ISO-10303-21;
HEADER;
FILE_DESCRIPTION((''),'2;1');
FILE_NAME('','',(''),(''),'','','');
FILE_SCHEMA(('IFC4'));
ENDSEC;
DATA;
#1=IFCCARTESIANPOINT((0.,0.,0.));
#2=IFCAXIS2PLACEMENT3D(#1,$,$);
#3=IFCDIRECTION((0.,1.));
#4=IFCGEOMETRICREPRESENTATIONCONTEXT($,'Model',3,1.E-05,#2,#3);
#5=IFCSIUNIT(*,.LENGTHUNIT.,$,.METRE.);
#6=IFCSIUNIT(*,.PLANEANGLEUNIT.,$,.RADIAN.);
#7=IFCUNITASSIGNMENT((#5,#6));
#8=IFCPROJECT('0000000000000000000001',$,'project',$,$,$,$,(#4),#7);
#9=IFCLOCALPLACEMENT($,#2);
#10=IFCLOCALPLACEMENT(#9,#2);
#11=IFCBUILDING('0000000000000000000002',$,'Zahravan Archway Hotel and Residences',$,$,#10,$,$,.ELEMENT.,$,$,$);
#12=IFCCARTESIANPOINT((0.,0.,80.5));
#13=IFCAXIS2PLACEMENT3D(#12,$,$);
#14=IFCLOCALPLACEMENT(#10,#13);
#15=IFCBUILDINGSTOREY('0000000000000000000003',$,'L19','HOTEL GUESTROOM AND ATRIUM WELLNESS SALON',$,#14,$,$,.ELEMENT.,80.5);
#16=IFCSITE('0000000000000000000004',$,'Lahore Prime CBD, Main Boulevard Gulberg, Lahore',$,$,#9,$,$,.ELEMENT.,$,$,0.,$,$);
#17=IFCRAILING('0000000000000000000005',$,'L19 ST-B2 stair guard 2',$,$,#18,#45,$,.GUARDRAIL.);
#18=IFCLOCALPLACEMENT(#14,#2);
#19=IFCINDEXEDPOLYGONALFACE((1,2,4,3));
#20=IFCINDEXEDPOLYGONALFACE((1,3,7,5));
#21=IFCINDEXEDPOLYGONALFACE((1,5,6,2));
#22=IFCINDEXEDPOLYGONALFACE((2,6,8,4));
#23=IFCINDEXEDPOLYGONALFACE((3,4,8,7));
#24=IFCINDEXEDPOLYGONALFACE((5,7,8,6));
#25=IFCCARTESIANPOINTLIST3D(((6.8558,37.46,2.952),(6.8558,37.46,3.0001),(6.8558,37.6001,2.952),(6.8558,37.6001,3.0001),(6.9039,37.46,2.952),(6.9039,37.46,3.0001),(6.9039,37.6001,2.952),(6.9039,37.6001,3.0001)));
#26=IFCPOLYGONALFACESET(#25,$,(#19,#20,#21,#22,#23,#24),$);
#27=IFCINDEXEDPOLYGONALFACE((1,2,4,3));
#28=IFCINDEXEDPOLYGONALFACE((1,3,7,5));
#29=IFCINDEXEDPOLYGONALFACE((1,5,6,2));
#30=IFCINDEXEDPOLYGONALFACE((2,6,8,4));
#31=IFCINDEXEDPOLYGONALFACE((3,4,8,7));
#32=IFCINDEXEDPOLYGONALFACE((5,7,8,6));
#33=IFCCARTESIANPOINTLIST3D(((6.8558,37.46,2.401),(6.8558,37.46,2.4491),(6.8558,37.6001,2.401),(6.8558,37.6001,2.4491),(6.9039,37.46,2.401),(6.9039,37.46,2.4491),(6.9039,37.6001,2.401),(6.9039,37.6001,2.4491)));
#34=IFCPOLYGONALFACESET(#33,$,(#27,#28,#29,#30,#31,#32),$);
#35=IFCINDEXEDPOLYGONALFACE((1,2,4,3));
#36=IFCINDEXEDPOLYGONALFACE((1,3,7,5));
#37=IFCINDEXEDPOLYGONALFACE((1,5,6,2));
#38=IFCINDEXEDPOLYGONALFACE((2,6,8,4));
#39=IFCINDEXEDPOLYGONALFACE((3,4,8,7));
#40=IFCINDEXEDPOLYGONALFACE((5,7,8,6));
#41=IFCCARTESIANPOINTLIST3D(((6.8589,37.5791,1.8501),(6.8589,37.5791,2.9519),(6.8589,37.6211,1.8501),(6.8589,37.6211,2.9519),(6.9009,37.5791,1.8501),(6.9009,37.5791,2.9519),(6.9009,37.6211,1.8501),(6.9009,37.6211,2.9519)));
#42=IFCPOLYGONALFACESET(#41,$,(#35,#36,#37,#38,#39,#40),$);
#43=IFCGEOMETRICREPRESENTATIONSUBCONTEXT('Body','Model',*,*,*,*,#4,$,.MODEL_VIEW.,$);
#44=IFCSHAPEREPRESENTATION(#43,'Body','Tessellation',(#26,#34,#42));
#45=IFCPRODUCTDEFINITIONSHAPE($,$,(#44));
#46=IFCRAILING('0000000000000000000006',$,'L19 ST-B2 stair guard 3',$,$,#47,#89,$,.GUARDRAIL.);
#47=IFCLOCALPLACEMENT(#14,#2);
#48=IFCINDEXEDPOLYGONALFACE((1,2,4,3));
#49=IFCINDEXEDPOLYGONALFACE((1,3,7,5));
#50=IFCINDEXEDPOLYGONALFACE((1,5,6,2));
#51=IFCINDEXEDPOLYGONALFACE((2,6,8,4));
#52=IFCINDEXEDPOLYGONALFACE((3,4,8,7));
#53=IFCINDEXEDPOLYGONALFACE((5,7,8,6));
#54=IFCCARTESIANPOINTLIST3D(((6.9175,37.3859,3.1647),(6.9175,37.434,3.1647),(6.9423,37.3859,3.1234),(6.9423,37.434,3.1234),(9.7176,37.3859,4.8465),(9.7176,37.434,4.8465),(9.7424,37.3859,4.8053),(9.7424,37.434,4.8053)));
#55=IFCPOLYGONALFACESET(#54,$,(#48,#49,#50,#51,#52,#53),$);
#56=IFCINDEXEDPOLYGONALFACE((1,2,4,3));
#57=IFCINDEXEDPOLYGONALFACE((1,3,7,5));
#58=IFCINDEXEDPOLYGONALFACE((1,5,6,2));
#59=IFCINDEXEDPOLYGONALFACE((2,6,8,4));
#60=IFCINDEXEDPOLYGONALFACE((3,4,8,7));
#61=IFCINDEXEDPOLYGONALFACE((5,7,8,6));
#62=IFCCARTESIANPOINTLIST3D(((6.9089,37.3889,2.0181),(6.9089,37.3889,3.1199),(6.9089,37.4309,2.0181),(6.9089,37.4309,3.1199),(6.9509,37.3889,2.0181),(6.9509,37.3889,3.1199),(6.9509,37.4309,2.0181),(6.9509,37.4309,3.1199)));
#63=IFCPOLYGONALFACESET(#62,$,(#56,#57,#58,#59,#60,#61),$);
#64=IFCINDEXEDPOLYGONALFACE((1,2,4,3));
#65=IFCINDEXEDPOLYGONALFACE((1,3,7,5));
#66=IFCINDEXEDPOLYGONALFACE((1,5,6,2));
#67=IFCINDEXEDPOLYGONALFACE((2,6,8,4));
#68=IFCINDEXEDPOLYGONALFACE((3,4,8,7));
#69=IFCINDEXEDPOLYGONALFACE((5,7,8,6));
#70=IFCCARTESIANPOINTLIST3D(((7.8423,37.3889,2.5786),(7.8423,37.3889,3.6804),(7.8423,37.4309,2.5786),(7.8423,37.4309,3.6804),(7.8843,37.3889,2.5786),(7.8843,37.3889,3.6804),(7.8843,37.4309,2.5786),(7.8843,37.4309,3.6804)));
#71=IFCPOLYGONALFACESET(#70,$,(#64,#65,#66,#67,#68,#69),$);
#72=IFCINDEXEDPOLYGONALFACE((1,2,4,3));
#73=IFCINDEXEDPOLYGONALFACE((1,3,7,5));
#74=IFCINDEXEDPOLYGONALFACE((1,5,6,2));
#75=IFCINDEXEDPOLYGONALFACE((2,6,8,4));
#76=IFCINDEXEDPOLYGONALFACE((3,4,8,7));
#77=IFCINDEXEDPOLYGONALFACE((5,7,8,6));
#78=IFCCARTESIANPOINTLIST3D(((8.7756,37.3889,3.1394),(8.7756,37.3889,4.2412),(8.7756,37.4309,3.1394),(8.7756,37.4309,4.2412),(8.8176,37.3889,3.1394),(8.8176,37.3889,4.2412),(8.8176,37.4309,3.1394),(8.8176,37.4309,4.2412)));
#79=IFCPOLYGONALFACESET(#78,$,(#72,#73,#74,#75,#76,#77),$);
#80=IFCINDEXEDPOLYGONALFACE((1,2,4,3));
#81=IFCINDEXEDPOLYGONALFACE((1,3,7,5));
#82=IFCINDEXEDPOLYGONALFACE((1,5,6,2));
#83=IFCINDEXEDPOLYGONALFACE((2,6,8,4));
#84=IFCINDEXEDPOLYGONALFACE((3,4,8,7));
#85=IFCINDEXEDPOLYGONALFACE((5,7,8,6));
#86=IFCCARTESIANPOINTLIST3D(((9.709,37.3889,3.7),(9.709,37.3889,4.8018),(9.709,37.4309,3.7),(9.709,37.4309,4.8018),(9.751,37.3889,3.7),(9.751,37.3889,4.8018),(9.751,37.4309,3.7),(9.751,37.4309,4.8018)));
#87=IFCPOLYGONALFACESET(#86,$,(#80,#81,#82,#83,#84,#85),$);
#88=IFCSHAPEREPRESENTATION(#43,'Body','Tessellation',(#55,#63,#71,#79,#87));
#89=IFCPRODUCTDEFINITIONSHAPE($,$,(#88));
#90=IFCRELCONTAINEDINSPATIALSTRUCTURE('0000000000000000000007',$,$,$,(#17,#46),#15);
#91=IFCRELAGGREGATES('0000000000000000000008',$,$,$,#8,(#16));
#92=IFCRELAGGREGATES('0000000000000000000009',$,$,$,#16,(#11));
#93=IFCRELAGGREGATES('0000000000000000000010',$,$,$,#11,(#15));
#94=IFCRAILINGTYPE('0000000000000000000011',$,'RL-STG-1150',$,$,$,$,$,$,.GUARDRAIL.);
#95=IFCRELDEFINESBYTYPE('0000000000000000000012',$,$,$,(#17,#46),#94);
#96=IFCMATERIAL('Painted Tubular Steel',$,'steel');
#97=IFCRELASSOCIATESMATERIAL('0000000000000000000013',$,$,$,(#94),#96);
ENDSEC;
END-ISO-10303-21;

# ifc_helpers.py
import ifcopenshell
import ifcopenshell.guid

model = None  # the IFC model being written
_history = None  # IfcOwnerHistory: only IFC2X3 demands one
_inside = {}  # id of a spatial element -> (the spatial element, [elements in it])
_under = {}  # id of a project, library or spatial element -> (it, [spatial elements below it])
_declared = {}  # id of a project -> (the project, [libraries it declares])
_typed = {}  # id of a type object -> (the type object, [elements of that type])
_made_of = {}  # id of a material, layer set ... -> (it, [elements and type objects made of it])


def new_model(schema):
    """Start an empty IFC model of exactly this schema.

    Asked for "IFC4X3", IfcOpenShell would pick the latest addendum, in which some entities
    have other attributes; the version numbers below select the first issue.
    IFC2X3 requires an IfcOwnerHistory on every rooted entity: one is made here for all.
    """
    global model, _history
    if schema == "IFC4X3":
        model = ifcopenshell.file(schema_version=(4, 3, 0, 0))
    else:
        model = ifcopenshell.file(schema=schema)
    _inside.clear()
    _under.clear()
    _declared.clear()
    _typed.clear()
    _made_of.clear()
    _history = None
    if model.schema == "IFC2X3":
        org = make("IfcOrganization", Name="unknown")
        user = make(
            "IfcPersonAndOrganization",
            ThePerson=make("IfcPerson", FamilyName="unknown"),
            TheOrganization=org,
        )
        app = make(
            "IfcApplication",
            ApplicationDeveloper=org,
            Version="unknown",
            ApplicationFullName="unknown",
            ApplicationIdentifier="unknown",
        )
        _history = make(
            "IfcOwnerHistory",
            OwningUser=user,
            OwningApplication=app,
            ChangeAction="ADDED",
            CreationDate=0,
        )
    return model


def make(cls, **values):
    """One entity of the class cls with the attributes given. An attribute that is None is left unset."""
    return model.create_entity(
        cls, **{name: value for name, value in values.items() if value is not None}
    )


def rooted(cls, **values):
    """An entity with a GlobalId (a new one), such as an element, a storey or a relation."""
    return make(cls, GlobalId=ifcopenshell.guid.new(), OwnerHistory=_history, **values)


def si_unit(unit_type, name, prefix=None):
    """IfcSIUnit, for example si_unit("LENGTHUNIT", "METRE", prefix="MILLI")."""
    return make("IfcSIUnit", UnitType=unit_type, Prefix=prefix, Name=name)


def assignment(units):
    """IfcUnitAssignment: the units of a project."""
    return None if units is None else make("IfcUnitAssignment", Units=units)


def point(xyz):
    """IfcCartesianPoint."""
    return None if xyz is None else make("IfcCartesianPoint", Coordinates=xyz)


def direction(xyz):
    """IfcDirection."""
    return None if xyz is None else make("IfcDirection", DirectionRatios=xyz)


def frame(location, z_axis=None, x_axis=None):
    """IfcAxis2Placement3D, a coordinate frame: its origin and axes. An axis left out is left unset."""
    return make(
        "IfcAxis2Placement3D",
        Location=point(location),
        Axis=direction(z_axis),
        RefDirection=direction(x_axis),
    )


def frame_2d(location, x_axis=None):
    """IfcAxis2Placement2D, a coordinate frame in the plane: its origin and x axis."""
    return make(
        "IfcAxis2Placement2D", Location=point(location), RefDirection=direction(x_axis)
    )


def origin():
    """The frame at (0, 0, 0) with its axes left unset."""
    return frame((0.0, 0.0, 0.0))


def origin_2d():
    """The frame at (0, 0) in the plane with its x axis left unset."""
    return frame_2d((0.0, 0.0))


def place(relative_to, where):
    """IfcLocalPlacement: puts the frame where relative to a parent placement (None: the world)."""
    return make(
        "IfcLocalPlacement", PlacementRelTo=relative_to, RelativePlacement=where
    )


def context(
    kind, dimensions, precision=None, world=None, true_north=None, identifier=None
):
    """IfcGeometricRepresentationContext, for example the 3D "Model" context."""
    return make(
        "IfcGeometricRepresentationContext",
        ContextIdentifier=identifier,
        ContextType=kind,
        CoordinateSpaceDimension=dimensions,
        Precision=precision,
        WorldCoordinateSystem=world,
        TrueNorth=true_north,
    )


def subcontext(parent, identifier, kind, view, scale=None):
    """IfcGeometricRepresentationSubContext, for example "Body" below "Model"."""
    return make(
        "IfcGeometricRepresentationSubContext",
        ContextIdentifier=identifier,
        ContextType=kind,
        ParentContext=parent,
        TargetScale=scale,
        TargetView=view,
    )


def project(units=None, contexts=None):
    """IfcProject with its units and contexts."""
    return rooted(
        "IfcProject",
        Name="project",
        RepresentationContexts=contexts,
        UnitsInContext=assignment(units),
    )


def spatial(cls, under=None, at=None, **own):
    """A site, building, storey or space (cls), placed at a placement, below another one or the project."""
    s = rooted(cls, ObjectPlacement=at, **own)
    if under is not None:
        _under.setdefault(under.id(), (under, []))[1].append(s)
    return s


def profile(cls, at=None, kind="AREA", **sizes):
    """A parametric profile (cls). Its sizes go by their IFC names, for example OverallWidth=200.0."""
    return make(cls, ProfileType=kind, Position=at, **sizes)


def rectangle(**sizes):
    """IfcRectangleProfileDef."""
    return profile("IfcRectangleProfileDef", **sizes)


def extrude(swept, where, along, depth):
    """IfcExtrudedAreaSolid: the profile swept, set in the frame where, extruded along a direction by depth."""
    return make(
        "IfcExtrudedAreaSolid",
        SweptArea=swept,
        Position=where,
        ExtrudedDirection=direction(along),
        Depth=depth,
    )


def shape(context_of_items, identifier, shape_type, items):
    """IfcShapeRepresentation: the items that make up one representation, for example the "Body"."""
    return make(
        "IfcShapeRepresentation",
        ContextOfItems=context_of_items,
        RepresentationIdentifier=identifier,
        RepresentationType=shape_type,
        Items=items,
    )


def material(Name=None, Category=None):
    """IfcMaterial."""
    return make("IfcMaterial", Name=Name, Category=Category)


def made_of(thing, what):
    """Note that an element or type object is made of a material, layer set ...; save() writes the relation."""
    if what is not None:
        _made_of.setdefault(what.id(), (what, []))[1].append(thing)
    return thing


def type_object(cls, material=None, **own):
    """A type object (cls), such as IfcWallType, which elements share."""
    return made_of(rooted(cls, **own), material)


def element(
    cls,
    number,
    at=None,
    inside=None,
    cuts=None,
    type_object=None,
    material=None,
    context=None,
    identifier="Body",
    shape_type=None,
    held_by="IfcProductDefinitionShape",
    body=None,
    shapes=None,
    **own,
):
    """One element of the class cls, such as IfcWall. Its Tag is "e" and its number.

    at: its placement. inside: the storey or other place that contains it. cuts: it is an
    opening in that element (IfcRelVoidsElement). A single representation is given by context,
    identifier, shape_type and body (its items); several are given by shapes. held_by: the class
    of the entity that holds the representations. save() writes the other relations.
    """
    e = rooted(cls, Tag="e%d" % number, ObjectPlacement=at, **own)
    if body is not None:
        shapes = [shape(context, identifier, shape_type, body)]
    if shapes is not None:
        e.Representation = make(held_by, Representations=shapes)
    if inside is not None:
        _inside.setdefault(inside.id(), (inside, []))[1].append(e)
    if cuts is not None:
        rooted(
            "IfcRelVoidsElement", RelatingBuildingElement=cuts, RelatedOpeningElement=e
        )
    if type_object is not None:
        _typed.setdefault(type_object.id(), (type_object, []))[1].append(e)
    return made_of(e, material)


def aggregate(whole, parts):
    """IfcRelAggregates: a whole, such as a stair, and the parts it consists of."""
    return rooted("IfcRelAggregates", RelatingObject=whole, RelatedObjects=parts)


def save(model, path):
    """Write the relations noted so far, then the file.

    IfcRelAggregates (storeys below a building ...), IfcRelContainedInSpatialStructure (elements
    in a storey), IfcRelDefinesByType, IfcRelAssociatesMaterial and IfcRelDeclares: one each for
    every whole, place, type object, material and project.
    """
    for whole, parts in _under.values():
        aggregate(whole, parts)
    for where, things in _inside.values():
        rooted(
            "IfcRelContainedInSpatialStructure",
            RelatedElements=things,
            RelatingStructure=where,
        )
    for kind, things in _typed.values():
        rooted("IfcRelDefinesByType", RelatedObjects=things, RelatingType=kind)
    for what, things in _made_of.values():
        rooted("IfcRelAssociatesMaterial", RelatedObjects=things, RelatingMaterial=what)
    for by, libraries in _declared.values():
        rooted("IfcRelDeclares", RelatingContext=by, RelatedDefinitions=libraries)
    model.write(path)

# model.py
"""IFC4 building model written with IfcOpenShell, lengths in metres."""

from ifc_helpers import new_model, si_unit, direction, frame, origin, origin_2d, place, context, subcontext, project, spatial, rectangle, extrude, material, type_object, element, save


model = new_model("IFC4")

# Units and contexts
model_context = context("Model", 3, precision=1e-05, world=origin(), true_north=direction((0.0, 1.0)))
body_context = subcontext(model_context, "Body", "Model", "MODEL_VIEW")
ifc_project = project(units=[si_unit("LENGTHUNIT", "METRE"), si_unit("PLANEANGLEUNIT", "RADIAN")], contexts=[model_context])

# Site, building, storey
site_placement = place(None, origin())
site = spatial("IfcSite", under=ifc_project, at=site_placement, Name="Lahore Prime CBD, Main Boulevard Gulberg, Lahore", CompositionType="ELEMENT", RefElevation=0.0)
building_placement = place(site_placement, origin())
building = spatial("IfcBuilding", under=site, at=building_placement, Name="Zahravan Archway Hotel and Residences", CompositionType="ELEMENT")
storey_placement = place(building_placement, frame((0.0, 0.0, 80.5)))
storey = spatial("IfcBuildingStorey", under=building, at=storey_placement, Name="L19", Description="HOTEL GUESTROOM AND ATRIUM WELLNESS SALON", CompositionType="ELEMENT", Elevation=80.5)

# Railings
ifc_material_1 = material(Name="Painted Tubular Steel", Category="steel")
railing_type_1 = type_object("IfcRailingType", Name="RL-STG-1150", PredefinedType="GUARDRAIL", material=ifc_material_1)
railing_1_placement = place(storey_placement, frame((6.8799, 37.6001, 1.8501)))
element("IfcRailing", 1, at=railing_1_placement, inside=storey, type_object=railing_type_1, Name="L19 ST-B2 stair guard 2", PredefinedType="GUARDRAIL", context=body_context, shape_type="SweptSolid", body=[
    extrude(rectangle(XDim=0.0481, YDim=0.0481, at=origin_2d()), frame((0.0, 0.0, 1.126), z_axis=(0.0, -1.0, 0.0), x_axis=(1.0, 0.0, 0.0)), (0.0, 0.0, 1.0), 0.1401),
    extrude(rectangle(XDim=0.0481, YDim=0.0481, at=origin_2d()), frame((0.0, 0.0, 0.575), z_axis=(0.0, -1.0, 0.0), x_axis=(1.0, 0.0, 0.0)), (0.0, 0.0, 1.0), 0.1401),
    extrude(rectangle(XDim=0.042, YDim=0.042, at=origin_2d()), origin(), (0.0, 0.0, 1.0), 1.1018),
])
railing_2_placement = place(storey_placement, frame((6.9299, 37.4099, 2.0181)))
element("IfcRailing", 2, at=railing_2_placement, inside=storey, type_object=railing_type_1, Name="L19 ST-B2 stair guard 3", PredefinedType="GUARDRAIL", context=body_context, shape_type="SweptSolid", body=[
    extrude(rectangle(XDim=0.0481, YDim=0.0481, at=origin_2d()), frame((0.0, 0.0, 1.126), z_axis=(0.857242, 0.0, 0.514913), x_axis=(0.0, 1.0, 0.0)), (0.0, 0.0, 1.0), 3.2664),
    extrude(rectangle(XDim=0.042, YDim=0.042, at=origin_2d()), origin(), (0.0, 0.0, 1.0), 1.1018),
    extrude(rectangle(XDim=0.042, YDim=0.042, at=origin_2d()), frame((0.9333, 0.0, 0.5605)), (0.0, 0.0, 1.0), 1.1018),
    extrude(rectangle(XDim=0.042, YDim=0.042, at=origin_2d()), frame((1.8667, 0.0, 1.1213)), (0.0, 0.0, 1.0), 1.1018),
    extrude(rectangle(XDim=0.042, YDim=0.042, at=origin_2d()), frame((2.8, 0.0, 1.6819)), (0.0, 0.0, 1.0), 1.1018),
])

save(model, "model.ifc")
